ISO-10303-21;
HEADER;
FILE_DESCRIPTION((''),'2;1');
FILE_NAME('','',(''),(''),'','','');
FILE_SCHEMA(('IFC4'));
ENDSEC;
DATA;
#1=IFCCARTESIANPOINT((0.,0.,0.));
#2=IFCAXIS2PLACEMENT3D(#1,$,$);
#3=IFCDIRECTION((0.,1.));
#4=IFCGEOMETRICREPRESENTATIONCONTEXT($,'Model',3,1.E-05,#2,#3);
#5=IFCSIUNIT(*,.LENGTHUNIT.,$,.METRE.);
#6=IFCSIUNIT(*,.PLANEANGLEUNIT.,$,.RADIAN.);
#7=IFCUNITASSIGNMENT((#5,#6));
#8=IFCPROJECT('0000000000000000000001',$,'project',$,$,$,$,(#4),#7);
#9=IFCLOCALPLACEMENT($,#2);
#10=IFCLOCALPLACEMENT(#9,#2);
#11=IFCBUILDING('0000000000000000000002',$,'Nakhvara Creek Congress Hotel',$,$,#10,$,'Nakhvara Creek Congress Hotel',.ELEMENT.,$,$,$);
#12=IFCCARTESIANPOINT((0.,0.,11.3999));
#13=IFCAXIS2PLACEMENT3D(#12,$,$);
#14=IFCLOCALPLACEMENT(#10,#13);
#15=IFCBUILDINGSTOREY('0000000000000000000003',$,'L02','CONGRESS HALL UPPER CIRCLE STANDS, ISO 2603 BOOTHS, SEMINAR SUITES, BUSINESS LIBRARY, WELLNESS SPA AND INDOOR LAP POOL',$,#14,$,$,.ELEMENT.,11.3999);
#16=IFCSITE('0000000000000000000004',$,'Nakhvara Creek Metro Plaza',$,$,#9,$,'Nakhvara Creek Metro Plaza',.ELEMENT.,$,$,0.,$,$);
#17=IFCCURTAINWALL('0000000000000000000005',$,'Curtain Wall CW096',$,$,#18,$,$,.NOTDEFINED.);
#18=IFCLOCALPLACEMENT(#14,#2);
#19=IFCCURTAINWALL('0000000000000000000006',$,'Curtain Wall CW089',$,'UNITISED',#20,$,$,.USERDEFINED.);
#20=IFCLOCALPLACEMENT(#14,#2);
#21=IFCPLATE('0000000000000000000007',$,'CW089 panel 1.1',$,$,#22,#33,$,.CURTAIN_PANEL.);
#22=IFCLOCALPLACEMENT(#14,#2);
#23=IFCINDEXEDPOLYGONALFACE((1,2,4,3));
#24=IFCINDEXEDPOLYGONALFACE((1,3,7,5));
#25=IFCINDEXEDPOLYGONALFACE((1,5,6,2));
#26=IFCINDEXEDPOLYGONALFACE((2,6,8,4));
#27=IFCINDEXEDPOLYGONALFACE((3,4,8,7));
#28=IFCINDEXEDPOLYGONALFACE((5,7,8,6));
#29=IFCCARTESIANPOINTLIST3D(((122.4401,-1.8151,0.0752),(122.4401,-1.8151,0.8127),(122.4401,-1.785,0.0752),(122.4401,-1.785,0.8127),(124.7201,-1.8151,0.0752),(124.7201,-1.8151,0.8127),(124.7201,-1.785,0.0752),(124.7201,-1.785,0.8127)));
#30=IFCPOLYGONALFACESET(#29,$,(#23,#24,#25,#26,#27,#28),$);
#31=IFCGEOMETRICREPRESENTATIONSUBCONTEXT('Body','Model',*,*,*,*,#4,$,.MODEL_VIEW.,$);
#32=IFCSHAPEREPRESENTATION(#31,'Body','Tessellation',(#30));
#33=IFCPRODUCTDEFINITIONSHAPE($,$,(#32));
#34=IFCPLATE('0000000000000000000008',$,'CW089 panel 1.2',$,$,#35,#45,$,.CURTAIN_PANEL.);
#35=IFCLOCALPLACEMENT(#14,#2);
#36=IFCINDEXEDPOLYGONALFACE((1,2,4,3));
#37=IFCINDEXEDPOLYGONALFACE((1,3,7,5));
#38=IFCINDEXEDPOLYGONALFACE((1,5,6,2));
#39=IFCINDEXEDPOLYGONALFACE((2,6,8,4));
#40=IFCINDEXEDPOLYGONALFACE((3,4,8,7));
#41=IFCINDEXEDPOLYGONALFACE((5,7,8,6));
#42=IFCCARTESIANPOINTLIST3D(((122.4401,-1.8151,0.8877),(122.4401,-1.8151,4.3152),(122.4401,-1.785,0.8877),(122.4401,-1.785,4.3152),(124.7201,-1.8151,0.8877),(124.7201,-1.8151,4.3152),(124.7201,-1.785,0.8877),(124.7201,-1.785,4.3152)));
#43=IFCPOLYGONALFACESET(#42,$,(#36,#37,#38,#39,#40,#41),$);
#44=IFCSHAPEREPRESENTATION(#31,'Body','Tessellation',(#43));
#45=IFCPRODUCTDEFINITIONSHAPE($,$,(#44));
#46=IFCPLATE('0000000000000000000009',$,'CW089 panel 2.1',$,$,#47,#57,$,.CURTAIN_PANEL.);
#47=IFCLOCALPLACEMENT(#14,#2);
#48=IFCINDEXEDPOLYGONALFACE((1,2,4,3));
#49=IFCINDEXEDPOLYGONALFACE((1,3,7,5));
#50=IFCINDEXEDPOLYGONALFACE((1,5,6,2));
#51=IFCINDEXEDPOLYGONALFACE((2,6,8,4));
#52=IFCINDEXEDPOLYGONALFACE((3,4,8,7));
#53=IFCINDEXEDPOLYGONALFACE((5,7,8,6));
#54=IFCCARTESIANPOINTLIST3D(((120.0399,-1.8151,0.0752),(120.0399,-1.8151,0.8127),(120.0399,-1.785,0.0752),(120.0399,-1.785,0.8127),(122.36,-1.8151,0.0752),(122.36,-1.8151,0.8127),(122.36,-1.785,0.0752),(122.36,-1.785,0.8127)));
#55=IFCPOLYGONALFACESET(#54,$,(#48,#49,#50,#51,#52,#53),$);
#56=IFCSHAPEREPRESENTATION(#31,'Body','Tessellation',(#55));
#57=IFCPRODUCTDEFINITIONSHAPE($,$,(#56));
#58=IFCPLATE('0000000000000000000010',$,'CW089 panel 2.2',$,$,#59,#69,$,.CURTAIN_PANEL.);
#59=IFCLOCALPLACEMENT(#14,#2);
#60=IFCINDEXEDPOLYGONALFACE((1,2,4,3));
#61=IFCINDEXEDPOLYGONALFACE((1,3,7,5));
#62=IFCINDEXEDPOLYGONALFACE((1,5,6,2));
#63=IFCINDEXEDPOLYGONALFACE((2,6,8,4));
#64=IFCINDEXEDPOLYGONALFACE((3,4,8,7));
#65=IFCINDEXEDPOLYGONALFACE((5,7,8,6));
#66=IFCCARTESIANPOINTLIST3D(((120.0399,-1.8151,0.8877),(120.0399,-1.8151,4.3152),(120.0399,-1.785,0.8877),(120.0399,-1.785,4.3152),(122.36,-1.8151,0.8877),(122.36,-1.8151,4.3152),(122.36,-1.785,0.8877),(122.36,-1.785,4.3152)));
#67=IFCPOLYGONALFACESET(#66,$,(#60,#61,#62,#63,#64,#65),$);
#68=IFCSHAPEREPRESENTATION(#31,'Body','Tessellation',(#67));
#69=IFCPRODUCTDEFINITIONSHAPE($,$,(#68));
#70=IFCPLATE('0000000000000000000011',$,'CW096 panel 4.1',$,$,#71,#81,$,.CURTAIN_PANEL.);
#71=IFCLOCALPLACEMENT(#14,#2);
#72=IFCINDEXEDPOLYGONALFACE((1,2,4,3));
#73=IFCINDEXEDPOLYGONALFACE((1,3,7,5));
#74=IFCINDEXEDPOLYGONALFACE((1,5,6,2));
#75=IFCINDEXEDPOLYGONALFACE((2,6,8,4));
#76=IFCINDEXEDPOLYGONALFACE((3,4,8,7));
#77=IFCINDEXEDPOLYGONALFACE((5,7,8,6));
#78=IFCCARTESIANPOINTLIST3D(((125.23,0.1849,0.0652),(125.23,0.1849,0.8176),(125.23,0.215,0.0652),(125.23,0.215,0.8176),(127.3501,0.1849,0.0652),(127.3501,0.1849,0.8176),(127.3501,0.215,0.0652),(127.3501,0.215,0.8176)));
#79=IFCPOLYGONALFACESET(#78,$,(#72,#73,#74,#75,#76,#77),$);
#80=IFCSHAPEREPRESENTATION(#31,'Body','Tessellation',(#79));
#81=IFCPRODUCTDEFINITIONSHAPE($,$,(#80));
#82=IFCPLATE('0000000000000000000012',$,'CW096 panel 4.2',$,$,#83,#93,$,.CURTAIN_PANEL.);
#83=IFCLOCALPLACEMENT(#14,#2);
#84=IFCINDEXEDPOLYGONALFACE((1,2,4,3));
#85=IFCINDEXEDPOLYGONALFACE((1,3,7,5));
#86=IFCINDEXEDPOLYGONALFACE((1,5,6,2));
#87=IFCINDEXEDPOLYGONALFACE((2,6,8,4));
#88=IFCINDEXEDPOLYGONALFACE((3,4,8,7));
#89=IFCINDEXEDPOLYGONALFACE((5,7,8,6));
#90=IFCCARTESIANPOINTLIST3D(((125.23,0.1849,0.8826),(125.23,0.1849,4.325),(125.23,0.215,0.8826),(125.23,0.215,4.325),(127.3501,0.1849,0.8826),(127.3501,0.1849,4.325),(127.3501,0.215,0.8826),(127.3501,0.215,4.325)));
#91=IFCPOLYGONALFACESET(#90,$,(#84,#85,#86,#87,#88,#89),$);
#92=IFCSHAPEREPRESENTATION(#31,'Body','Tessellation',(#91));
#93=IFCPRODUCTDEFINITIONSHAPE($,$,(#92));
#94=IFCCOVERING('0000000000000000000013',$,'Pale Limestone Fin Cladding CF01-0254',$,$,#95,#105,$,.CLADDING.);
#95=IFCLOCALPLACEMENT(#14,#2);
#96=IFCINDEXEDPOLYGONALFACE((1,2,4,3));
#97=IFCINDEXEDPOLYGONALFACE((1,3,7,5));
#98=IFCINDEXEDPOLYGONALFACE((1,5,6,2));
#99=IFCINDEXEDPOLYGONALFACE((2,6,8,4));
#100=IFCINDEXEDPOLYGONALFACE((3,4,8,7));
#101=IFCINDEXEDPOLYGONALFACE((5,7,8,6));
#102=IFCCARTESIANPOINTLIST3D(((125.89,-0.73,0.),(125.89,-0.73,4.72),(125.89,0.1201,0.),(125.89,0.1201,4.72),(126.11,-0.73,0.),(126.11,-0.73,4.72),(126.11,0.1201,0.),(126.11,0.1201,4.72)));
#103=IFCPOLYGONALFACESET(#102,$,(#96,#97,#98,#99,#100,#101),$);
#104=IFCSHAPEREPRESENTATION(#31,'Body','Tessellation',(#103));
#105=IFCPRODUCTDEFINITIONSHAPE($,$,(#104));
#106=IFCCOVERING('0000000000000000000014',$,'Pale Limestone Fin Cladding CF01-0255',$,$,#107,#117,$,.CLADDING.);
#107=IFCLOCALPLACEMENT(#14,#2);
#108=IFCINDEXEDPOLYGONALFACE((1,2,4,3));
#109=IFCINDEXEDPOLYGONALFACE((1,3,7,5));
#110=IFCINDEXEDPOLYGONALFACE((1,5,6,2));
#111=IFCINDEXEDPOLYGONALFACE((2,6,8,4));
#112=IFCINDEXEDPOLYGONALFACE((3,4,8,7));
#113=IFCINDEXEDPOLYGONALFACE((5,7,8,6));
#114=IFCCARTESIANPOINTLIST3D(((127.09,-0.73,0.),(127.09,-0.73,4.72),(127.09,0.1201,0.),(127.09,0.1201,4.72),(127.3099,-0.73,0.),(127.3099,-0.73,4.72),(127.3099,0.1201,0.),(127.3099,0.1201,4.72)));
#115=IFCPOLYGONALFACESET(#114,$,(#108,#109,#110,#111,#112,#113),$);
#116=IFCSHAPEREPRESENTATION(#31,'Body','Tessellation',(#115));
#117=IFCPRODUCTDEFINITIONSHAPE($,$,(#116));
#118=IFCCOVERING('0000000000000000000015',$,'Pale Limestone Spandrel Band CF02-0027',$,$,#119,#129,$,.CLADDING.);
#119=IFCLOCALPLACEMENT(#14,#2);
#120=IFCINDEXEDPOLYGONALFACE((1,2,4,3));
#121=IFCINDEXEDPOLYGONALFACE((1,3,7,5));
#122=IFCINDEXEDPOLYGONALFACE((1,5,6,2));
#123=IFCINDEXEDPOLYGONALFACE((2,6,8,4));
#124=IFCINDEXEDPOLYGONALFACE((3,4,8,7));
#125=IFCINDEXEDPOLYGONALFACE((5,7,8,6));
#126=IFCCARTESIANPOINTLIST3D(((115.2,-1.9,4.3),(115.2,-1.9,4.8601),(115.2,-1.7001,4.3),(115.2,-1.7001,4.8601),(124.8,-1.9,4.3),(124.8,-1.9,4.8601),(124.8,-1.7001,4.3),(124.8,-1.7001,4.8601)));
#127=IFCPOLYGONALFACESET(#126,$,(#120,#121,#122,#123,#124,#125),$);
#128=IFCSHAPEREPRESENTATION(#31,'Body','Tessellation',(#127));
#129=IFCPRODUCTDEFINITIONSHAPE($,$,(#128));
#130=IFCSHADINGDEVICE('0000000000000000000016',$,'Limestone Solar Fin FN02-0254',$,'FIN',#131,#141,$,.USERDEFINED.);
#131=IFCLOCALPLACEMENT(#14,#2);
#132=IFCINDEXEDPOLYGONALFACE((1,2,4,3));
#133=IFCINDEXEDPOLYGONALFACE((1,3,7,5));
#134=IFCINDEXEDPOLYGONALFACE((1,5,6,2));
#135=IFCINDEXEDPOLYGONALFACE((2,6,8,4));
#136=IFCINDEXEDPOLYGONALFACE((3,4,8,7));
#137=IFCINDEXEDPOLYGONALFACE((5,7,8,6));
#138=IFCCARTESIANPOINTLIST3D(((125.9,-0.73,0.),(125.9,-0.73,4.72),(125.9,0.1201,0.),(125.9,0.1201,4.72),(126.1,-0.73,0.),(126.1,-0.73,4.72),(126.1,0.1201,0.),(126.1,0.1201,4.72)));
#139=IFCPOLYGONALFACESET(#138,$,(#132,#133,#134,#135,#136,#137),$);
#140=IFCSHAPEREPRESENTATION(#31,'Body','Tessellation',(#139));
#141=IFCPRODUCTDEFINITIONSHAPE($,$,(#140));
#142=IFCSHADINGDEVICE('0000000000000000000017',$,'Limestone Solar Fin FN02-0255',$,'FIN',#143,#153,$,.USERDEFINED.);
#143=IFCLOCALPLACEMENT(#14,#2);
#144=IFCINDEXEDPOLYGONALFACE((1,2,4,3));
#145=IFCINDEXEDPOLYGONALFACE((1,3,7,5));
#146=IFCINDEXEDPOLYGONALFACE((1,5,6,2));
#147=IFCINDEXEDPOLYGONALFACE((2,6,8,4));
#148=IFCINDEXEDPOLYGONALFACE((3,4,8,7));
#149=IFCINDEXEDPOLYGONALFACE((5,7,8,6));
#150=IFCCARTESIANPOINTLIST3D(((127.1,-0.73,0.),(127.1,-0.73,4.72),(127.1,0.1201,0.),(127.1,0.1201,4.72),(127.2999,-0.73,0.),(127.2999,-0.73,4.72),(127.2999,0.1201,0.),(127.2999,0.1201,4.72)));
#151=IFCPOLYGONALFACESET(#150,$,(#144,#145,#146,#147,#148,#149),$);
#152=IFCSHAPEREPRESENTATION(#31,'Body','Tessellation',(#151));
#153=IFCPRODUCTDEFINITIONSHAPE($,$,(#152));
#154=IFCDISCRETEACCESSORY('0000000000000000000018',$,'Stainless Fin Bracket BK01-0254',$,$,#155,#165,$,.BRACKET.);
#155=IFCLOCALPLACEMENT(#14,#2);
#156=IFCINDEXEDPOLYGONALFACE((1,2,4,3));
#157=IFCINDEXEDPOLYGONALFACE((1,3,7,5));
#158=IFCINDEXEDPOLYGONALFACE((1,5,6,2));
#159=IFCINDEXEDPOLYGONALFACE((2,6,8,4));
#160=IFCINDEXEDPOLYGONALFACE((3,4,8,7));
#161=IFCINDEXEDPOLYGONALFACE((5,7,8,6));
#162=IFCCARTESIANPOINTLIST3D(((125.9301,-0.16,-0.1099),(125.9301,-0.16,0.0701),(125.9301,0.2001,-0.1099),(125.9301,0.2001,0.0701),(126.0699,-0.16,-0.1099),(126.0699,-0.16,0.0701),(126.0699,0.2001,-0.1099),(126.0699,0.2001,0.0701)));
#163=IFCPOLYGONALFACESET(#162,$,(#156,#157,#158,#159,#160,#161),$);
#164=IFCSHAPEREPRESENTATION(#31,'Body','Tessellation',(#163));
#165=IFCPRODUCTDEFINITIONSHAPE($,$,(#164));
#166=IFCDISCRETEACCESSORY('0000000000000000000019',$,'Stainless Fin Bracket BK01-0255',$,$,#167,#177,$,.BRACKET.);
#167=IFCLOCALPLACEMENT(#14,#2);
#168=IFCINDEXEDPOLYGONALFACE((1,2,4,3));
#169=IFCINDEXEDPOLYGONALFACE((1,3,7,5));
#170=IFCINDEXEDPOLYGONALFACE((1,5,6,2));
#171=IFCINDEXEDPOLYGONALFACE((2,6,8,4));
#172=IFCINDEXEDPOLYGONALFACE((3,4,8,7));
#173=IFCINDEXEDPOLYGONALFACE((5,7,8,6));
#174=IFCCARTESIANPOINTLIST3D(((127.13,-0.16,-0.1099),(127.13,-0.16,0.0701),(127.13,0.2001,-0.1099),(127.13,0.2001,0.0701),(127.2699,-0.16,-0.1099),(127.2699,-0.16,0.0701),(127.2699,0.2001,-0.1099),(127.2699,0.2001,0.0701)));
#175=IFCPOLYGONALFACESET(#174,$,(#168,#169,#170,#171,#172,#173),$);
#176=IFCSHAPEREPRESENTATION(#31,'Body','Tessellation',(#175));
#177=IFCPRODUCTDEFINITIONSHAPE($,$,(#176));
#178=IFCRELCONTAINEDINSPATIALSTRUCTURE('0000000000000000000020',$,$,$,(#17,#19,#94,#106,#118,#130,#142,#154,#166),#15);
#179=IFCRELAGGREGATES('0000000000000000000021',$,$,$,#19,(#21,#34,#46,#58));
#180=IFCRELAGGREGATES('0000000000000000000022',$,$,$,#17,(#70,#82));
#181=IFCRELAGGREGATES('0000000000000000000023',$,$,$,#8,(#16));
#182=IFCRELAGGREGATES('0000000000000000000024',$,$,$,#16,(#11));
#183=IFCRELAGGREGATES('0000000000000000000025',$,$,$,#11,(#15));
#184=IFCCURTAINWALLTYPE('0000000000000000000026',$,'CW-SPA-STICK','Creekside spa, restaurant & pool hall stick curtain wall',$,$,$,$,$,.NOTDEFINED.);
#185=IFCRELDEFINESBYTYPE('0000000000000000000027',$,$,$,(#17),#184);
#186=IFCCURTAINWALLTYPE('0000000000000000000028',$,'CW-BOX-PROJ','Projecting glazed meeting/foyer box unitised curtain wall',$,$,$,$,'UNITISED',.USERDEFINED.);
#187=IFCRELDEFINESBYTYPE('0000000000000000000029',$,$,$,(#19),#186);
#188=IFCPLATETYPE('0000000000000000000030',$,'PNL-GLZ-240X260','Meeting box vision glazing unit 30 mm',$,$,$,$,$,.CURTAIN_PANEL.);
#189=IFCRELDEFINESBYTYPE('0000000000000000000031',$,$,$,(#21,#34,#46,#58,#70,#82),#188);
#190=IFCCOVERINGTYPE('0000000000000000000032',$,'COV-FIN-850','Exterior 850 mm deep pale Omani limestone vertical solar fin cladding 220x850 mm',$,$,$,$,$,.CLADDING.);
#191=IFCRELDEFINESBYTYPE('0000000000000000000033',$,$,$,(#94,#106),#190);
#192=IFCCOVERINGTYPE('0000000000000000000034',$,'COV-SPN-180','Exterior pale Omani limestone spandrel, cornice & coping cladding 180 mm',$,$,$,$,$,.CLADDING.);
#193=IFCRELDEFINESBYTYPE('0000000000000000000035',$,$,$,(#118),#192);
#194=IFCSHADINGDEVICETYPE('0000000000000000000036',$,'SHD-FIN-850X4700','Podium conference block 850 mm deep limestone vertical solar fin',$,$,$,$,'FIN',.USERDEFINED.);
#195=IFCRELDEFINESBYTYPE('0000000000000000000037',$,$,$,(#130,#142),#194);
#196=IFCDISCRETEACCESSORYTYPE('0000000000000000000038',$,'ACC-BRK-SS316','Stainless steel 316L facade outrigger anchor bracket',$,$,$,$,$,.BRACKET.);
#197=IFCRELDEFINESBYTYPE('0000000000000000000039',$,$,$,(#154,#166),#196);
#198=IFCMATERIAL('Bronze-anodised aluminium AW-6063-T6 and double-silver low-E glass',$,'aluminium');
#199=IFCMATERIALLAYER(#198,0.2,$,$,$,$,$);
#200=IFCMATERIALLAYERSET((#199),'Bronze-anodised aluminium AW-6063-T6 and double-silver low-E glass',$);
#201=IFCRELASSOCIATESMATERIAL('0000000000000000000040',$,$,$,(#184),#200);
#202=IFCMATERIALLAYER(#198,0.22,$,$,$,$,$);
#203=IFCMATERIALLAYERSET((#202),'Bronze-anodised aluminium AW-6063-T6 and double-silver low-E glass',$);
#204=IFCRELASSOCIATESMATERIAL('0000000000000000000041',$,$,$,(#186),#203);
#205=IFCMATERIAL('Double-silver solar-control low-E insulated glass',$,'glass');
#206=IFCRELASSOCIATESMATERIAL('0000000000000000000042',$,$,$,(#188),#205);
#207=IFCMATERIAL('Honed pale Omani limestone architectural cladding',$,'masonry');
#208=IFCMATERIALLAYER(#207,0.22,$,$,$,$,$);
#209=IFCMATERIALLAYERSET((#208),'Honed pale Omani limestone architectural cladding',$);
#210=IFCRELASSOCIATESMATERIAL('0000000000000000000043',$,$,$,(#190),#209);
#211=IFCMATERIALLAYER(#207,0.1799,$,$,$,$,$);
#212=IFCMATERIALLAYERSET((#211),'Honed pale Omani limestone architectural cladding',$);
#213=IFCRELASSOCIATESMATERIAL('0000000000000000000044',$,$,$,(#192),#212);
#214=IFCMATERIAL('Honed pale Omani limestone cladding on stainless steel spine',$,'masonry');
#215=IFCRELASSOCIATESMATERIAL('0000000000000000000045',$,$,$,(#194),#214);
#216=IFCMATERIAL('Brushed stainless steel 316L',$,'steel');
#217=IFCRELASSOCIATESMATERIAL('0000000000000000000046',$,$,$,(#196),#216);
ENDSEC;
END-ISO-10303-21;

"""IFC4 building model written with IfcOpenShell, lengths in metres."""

from ifc_helpers import new_model, si_unit, direction, frame, origin, origin_2d, place, context, subcontext, project, spatial, rectangle, extrude, material, layer, layer_set, type_object, element, aggregate, save


model = new_model("IFC4")

# Units and contexts
model_context = context("Model", 3, precision=1e-05, world=origin(), true_north=direction((0.0, 1.0)))
body_context = subcontext(model_context, "Body", "Model", "MODEL_VIEW")
ifc_project = project(units=[si_unit("LENGTHUNIT", "METRE"), si_unit("PLANEANGLEUNIT", "RADIAN")], contexts=[model_context])

# Site, building, storey
site_placement = place(None, origin())
site = spatial("IfcSite", under=ifc_project, at=site_placement, Name="Nakhvara Creek Metro Plaza", LongName="Nakhvara Creek Metro Plaza", CompositionType="ELEMENT", RefElevation=0.0)
building_placement = place(site_placement, origin())
building = spatial("IfcBuilding", under=site, at=building_placement, Name="Nakhvara Creek Congress Hotel", LongName="Nakhvara Creek Congress Hotel", CompositionType="ELEMENT")
storey_placement = place(building_placement, frame((0.0, 0.0, 11.3999)))
storey = spatial("IfcBuildingStorey", under=building, at=storey_placement, Name="L02", Description="CONGRESS HALL UPPER CIRCLE STANDS, ISO 2603 BOOTHS, SEMINAR SUITES, BUSINESS LIBRARY, WELLNESS SPA AND INDOOR LAP POOL", CompositionType="ELEMENT", Elevation=11.3999)

# Curtain wall
ifc_material_1 = material(Name="Bronze-anodised aluminium AW-6063-T6 and double-silver low-E glass", Category="aluminium")
ifc_layer_1 = layer(ifc_material_1, 0.2)
ifc_layer_set_1 = layer_set([ifc_layer_1], Name="Bronze-anodised aluminium AW-6063-T6 and double-silver low-E glass")
curtain_wall_type_1 = type_object("IfcCurtainWallType", Name="CW-SPA-STICK", Description="Creekside spa, restaurant & pool hall stick curtain wall", PredefinedType="NOTDEFINED", material=ifc_layer_set_1)
curtain_wall_1_placement = place(storey_placement, origin())
curtain_wall_1 = element("IfcCurtainWall", 1, at=curtain_wall_1_placement, inside=storey, type_object=curtain_wall_type_1, Name="Curtain Wall CW096", PredefinedType="NOTDEFINED")

# Curtain wall
ifc_layer_2 = layer(ifc_material_1, 0.22)
ifc_layer_set_2 = layer_set([ifc_layer_2], Name="Bronze-anodised aluminium AW-6063-T6 and double-silver low-E glass")
curtain_wall_type_2 = type_object("IfcCurtainWallType", Name="CW-BOX-PROJ", Description="Projecting glazed meeting/foyer box unitised curtain wall", ElementType="UNITISED", PredefinedType="USERDEFINED", material=ifc_layer_set_2)
curtain_wall_2_placement = place(storey_placement, origin())
curtain_wall_2 = element("IfcCurtainWall", 2, at=curtain_wall_2_placement, inside=storey, type_object=curtain_wall_type_2, Name="Curtain Wall CW089", ObjectType="UNITISED", PredefinedType="USERDEFINED")

# Plates
ifc_material_2 = material(Name="Double-silver solar-control low-E insulated glass", Category="glass")
plate_type = type_object("IfcPlateType", Name="PNL-GLZ-240X260", Description="Meeting box vision glazing unit 30 mm", PredefinedType="CURTAIN_PANEL", material=ifc_material_2)
plate_1_placement = place(storey_placement, frame((123.5801, -1.8, 0.0752), z_axis=(0.0, 0.0, 1.0), x_axis=(-1.0, 0.0, 0.0)))
plate_1 = element("IfcPlate", 3, at=plate_1_placement, type_object=plate_type, Name="CW089 panel 1.1", PredefinedType="CURTAIN_PANEL", context=body_context, shape_type="SweptSolid", body=[
    extrude(rectangle(XDim=2.28, YDim=0.03, at=origin_2d()), origin(), (0.0, 0.0, 1.0), 0.7375),
])
plate_2_placement = place(storey_placement, frame((123.5801, -1.8, 0.8877), z_axis=(0.0, 0.0, 1.0), x_axis=(-1.0, 0.0, 0.0)))
plate_2 = element("IfcPlate", 4, at=plate_2_placement, type_object=plate_type, Name="CW089 panel 1.2", PredefinedType="CURTAIN_PANEL", context=body_context, shape_type="SweptSolid", body=[
    extrude(rectangle(XDim=2.28, YDim=0.03, at=origin_2d()), origin(), (0.0, 0.0, 1.0), 3.4275),
])
plate_3_placement = place(storey_placement, frame((121.2, -1.8, 0.0752), z_axis=(0.0, 0.0, 1.0), x_axis=(-1.0, 0.0, 0.0)))
plate_3 = element("IfcPlate", 5, at=plate_3_placement, type_object=plate_type, Name="CW089 panel 2.1", PredefinedType="CURTAIN_PANEL", context=body_context, shape_type="SweptSolid", body=[
    extrude(rectangle(XDim=2.3201, YDim=0.03, at=origin_2d()), origin(), (0.0, 0.0, 1.0), 0.7375),
])
plate_4_placement = place(storey_placement, frame((121.2, -1.8, 0.8877), z_axis=(0.0, 0.0, 1.0), x_axis=(-1.0, 0.0, 0.0)))
plate_4 = element("IfcPlate", 6, at=plate_4_placement, type_object=plate_type, Name="CW089 panel 2.2", PredefinedType="CURTAIN_PANEL", context=body_context, shape_type="SweptSolid", body=[
    extrude(rectangle(XDim=2.3201, YDim=0.03, at=origin_2d()), origin(), (0.0, 0.0, 1.0), 3.4275),
])
aggregate(curtain_wall_2, [plate_1, plate_2, plate_3, plate_4])
plate_5_placement = place(storey_placement, frame((126.29, 0.2, 0.0652), z_axis=(0.0, 0.0, 1.0), x_axis=(-1.0, 0.0, 0.0)))
plate_5 = element("IfcPlate", 7, at=plate_5_placement, type_object=plate_type, Name="CW096 panel 4.1", PredefinedType="CURTAIN_PANEL", context=body_context, shape_type="SweptSolid", body=[
    extrude(rectangle(XDim=2.1201, YDim=0.03, at=origin_2d()), origin(), (0.0, 0.0, 1.0), 0.7524),
])
plate_6_placement = place(storey_placement, frame((126.29, 0.2, 0.8826), z_axis=(0.0, 0.0, 1.0), x_axis=(-1.0, 0.0, 0.0)))
plate_6 = element("IfcPlate", 8, at=plate_6_placement, type_object=plate_type, Name="CW096 panel 4.2", PredefinedType="CURTAIN_PANEL", context=body_context, shape_type="SweptSolid", body=[
    extrude(rectangle(XDim=2.1201, YDim=0.03, at=origin_2d()), origin(), (0.0, 0.0, 1.0), 3.4424),
])
aggregate(curtain_wall_1, [plate_5, plate_6])

# Coverings
ifc_material_3 = material(Name="Honed pale Omani limestone architectural cladding", Category="masonry")
ifc_layer_3 = layer(ifc_material_3, 0.22)
ifc_layer_set_3 = layer_set([ifc_layer_3], Name="Honed pale Omani limestone architectural cladding")
covering_type_1 = type_object("IfcCoveringType", Name="COV-FIN-850", Description="Exterior 850 mm deep pale Omani limestone vertical solar fin cladding 220x850 mm", PredefinedType="CLADDING", material=ifc_layer_set_3)
for number, where, z_axis, x_axis, name in (
    (9, (126.0, -0.3049, 0.0), (0.0, 0.0, 1.0), (1.0, 0.0, 0.0), "Pale Limestone Fin Cladding CF01-0254"),
    (10, (127.2, -0.3049, 0.0), (0.0, 0.0, 1.0), (1.0, 0.0, 0.0), "Pale Limestone Fin Cladding CF01-0255"),
):
    element("IfcCovering", number, at=place(storey_placement, frame(where, z_axis=z_axis, x_axis=x_axis)), inside=storey, type_object=covering_type_1, Name=name, PredefinedType="CLADDING", context=body_context, shape_type="SweptSolid", body=[
        extrude(rectangle(XDim=0.22, YDim=0.8501, at=origin_2d()), origin(), (0.0, 0.0, 1.0), 4.72),
    ])
ifc_layer_4 = layer(ifc_material_3, 0.1799)
ifc_layer_set_4 = layer_set([ifc_layer_4], Name="Honed pale Omani limestone architectural cladding")
covering_type_2 = type_object("IfcCoveringType", Name="COV-SPN-180", Description="Exterior pale Omani limestone spandrel, cornice & coping cladding 180 mm", PredefinedType="CLADDING", material=ifc_layer_set_4)
covering_placement = place(storey_placement, frame((120.0, -1.8, 4.3), z_axis=(0.0, 0.0, 1.0), x_axis=(1.0, 0.0, 0.0)))
element("IfcCovering", 11, at=covering_placement, inside=storey, type_object=covering_type_2, Name="Pale Limestone Spandrel Band CF02-0027", PredefinedType="CLADDING", context=body_context, shape_type="SweptSolid", body=[
    extrude(rectangle(XDim=9.6001, YDim=0.2, at=origin_2d()), origin(), (0.0, 0.0, 1.0), 0.5601),
])

# Shading devices
ifc_material_4 = material(Name="Honed pale Omani limestone cladding on stainless steel spine", Category="masonry")
shading_device_type = type_object("IfcShadingDeviceType", Name="SHD-FIN-850X4700", Description="Podium conference block 850 mm deep limestone vertical solar fin", ElementType="FIN", PredefinedType="USERDEFINED", material=ifc_material_4)
for number, where, z_axis, x_axis, name in (
    (12, (126.0, -0.3049, 0.0), (0.0, 0.0, 1.0), (1.0, 0.0, 0.0), "Limestone Solar Fin FN02-0254"),
    (13, (127.2, -0.3049, 0.0), (0.0, 0.0, 1.0), (1.0, 0.0, 0.0), "Limestone Solar Fin FN02-0255"),
):
    element("IfcShadingDevice", number, at=place(storey_placement, frame(where, z_axis=z_axis, x_axis=x_axis)), inside=storey, type_object=shading_device_type, Name=name, ObjectType="FIN", PredefinedType="USERDEFINED", context=body_context, shape_type="SweptSolid", body=[
        extrude(rectangle(XDim=0.2, YDim=0.8501, at=origin_2d()), origin(), (0.0, 0.0, 1.0), 4.72),
    ])

# Discrete accessories
ifc_material_5 = material(Name="Brushed stainless steel 316L", Category="steel")
discrete_accessory_type = type_object("IfcDiscreteAccessoryType", Name="ACC-BRK-SS316", Description="Stainless steel 316L facade outrigger anchor bracket", PredefinedType="BRACKET", material=ifc_material_5)
for number, where, z_axis, x_axis, name in (
    (14, (126.0, 0.02, -0.1099), (0.0, 0.0, 1.0), (1.0, 0.0, 0.0), "Stainless Fin Bracket BK01-0254"),
    (15, (127.2, 0.02, -0.1099), (0.0, 0.0, 1.0), (1.0, 0.0, 0.0), "Stainless Fin Bracket BK01-0255"),
):
    element("IfcDiscreteAccessory", number, at=place(storey_placement, frame(where, z_axis=z_axis, x_axis=x_axis)), inside=storey, type_object=discrete_accessory_type, Name=name, PredefinedType="BRACKET", context=body_context, shape_type="SweptSolid", body=[
        extrude(rectangle(XDim=0.1399, YDim=0.3601, at=origin_2d()), origin(), (0.0, 0.0, 1.0), 0.1799),
    ])

save(model, "model.ifc")
